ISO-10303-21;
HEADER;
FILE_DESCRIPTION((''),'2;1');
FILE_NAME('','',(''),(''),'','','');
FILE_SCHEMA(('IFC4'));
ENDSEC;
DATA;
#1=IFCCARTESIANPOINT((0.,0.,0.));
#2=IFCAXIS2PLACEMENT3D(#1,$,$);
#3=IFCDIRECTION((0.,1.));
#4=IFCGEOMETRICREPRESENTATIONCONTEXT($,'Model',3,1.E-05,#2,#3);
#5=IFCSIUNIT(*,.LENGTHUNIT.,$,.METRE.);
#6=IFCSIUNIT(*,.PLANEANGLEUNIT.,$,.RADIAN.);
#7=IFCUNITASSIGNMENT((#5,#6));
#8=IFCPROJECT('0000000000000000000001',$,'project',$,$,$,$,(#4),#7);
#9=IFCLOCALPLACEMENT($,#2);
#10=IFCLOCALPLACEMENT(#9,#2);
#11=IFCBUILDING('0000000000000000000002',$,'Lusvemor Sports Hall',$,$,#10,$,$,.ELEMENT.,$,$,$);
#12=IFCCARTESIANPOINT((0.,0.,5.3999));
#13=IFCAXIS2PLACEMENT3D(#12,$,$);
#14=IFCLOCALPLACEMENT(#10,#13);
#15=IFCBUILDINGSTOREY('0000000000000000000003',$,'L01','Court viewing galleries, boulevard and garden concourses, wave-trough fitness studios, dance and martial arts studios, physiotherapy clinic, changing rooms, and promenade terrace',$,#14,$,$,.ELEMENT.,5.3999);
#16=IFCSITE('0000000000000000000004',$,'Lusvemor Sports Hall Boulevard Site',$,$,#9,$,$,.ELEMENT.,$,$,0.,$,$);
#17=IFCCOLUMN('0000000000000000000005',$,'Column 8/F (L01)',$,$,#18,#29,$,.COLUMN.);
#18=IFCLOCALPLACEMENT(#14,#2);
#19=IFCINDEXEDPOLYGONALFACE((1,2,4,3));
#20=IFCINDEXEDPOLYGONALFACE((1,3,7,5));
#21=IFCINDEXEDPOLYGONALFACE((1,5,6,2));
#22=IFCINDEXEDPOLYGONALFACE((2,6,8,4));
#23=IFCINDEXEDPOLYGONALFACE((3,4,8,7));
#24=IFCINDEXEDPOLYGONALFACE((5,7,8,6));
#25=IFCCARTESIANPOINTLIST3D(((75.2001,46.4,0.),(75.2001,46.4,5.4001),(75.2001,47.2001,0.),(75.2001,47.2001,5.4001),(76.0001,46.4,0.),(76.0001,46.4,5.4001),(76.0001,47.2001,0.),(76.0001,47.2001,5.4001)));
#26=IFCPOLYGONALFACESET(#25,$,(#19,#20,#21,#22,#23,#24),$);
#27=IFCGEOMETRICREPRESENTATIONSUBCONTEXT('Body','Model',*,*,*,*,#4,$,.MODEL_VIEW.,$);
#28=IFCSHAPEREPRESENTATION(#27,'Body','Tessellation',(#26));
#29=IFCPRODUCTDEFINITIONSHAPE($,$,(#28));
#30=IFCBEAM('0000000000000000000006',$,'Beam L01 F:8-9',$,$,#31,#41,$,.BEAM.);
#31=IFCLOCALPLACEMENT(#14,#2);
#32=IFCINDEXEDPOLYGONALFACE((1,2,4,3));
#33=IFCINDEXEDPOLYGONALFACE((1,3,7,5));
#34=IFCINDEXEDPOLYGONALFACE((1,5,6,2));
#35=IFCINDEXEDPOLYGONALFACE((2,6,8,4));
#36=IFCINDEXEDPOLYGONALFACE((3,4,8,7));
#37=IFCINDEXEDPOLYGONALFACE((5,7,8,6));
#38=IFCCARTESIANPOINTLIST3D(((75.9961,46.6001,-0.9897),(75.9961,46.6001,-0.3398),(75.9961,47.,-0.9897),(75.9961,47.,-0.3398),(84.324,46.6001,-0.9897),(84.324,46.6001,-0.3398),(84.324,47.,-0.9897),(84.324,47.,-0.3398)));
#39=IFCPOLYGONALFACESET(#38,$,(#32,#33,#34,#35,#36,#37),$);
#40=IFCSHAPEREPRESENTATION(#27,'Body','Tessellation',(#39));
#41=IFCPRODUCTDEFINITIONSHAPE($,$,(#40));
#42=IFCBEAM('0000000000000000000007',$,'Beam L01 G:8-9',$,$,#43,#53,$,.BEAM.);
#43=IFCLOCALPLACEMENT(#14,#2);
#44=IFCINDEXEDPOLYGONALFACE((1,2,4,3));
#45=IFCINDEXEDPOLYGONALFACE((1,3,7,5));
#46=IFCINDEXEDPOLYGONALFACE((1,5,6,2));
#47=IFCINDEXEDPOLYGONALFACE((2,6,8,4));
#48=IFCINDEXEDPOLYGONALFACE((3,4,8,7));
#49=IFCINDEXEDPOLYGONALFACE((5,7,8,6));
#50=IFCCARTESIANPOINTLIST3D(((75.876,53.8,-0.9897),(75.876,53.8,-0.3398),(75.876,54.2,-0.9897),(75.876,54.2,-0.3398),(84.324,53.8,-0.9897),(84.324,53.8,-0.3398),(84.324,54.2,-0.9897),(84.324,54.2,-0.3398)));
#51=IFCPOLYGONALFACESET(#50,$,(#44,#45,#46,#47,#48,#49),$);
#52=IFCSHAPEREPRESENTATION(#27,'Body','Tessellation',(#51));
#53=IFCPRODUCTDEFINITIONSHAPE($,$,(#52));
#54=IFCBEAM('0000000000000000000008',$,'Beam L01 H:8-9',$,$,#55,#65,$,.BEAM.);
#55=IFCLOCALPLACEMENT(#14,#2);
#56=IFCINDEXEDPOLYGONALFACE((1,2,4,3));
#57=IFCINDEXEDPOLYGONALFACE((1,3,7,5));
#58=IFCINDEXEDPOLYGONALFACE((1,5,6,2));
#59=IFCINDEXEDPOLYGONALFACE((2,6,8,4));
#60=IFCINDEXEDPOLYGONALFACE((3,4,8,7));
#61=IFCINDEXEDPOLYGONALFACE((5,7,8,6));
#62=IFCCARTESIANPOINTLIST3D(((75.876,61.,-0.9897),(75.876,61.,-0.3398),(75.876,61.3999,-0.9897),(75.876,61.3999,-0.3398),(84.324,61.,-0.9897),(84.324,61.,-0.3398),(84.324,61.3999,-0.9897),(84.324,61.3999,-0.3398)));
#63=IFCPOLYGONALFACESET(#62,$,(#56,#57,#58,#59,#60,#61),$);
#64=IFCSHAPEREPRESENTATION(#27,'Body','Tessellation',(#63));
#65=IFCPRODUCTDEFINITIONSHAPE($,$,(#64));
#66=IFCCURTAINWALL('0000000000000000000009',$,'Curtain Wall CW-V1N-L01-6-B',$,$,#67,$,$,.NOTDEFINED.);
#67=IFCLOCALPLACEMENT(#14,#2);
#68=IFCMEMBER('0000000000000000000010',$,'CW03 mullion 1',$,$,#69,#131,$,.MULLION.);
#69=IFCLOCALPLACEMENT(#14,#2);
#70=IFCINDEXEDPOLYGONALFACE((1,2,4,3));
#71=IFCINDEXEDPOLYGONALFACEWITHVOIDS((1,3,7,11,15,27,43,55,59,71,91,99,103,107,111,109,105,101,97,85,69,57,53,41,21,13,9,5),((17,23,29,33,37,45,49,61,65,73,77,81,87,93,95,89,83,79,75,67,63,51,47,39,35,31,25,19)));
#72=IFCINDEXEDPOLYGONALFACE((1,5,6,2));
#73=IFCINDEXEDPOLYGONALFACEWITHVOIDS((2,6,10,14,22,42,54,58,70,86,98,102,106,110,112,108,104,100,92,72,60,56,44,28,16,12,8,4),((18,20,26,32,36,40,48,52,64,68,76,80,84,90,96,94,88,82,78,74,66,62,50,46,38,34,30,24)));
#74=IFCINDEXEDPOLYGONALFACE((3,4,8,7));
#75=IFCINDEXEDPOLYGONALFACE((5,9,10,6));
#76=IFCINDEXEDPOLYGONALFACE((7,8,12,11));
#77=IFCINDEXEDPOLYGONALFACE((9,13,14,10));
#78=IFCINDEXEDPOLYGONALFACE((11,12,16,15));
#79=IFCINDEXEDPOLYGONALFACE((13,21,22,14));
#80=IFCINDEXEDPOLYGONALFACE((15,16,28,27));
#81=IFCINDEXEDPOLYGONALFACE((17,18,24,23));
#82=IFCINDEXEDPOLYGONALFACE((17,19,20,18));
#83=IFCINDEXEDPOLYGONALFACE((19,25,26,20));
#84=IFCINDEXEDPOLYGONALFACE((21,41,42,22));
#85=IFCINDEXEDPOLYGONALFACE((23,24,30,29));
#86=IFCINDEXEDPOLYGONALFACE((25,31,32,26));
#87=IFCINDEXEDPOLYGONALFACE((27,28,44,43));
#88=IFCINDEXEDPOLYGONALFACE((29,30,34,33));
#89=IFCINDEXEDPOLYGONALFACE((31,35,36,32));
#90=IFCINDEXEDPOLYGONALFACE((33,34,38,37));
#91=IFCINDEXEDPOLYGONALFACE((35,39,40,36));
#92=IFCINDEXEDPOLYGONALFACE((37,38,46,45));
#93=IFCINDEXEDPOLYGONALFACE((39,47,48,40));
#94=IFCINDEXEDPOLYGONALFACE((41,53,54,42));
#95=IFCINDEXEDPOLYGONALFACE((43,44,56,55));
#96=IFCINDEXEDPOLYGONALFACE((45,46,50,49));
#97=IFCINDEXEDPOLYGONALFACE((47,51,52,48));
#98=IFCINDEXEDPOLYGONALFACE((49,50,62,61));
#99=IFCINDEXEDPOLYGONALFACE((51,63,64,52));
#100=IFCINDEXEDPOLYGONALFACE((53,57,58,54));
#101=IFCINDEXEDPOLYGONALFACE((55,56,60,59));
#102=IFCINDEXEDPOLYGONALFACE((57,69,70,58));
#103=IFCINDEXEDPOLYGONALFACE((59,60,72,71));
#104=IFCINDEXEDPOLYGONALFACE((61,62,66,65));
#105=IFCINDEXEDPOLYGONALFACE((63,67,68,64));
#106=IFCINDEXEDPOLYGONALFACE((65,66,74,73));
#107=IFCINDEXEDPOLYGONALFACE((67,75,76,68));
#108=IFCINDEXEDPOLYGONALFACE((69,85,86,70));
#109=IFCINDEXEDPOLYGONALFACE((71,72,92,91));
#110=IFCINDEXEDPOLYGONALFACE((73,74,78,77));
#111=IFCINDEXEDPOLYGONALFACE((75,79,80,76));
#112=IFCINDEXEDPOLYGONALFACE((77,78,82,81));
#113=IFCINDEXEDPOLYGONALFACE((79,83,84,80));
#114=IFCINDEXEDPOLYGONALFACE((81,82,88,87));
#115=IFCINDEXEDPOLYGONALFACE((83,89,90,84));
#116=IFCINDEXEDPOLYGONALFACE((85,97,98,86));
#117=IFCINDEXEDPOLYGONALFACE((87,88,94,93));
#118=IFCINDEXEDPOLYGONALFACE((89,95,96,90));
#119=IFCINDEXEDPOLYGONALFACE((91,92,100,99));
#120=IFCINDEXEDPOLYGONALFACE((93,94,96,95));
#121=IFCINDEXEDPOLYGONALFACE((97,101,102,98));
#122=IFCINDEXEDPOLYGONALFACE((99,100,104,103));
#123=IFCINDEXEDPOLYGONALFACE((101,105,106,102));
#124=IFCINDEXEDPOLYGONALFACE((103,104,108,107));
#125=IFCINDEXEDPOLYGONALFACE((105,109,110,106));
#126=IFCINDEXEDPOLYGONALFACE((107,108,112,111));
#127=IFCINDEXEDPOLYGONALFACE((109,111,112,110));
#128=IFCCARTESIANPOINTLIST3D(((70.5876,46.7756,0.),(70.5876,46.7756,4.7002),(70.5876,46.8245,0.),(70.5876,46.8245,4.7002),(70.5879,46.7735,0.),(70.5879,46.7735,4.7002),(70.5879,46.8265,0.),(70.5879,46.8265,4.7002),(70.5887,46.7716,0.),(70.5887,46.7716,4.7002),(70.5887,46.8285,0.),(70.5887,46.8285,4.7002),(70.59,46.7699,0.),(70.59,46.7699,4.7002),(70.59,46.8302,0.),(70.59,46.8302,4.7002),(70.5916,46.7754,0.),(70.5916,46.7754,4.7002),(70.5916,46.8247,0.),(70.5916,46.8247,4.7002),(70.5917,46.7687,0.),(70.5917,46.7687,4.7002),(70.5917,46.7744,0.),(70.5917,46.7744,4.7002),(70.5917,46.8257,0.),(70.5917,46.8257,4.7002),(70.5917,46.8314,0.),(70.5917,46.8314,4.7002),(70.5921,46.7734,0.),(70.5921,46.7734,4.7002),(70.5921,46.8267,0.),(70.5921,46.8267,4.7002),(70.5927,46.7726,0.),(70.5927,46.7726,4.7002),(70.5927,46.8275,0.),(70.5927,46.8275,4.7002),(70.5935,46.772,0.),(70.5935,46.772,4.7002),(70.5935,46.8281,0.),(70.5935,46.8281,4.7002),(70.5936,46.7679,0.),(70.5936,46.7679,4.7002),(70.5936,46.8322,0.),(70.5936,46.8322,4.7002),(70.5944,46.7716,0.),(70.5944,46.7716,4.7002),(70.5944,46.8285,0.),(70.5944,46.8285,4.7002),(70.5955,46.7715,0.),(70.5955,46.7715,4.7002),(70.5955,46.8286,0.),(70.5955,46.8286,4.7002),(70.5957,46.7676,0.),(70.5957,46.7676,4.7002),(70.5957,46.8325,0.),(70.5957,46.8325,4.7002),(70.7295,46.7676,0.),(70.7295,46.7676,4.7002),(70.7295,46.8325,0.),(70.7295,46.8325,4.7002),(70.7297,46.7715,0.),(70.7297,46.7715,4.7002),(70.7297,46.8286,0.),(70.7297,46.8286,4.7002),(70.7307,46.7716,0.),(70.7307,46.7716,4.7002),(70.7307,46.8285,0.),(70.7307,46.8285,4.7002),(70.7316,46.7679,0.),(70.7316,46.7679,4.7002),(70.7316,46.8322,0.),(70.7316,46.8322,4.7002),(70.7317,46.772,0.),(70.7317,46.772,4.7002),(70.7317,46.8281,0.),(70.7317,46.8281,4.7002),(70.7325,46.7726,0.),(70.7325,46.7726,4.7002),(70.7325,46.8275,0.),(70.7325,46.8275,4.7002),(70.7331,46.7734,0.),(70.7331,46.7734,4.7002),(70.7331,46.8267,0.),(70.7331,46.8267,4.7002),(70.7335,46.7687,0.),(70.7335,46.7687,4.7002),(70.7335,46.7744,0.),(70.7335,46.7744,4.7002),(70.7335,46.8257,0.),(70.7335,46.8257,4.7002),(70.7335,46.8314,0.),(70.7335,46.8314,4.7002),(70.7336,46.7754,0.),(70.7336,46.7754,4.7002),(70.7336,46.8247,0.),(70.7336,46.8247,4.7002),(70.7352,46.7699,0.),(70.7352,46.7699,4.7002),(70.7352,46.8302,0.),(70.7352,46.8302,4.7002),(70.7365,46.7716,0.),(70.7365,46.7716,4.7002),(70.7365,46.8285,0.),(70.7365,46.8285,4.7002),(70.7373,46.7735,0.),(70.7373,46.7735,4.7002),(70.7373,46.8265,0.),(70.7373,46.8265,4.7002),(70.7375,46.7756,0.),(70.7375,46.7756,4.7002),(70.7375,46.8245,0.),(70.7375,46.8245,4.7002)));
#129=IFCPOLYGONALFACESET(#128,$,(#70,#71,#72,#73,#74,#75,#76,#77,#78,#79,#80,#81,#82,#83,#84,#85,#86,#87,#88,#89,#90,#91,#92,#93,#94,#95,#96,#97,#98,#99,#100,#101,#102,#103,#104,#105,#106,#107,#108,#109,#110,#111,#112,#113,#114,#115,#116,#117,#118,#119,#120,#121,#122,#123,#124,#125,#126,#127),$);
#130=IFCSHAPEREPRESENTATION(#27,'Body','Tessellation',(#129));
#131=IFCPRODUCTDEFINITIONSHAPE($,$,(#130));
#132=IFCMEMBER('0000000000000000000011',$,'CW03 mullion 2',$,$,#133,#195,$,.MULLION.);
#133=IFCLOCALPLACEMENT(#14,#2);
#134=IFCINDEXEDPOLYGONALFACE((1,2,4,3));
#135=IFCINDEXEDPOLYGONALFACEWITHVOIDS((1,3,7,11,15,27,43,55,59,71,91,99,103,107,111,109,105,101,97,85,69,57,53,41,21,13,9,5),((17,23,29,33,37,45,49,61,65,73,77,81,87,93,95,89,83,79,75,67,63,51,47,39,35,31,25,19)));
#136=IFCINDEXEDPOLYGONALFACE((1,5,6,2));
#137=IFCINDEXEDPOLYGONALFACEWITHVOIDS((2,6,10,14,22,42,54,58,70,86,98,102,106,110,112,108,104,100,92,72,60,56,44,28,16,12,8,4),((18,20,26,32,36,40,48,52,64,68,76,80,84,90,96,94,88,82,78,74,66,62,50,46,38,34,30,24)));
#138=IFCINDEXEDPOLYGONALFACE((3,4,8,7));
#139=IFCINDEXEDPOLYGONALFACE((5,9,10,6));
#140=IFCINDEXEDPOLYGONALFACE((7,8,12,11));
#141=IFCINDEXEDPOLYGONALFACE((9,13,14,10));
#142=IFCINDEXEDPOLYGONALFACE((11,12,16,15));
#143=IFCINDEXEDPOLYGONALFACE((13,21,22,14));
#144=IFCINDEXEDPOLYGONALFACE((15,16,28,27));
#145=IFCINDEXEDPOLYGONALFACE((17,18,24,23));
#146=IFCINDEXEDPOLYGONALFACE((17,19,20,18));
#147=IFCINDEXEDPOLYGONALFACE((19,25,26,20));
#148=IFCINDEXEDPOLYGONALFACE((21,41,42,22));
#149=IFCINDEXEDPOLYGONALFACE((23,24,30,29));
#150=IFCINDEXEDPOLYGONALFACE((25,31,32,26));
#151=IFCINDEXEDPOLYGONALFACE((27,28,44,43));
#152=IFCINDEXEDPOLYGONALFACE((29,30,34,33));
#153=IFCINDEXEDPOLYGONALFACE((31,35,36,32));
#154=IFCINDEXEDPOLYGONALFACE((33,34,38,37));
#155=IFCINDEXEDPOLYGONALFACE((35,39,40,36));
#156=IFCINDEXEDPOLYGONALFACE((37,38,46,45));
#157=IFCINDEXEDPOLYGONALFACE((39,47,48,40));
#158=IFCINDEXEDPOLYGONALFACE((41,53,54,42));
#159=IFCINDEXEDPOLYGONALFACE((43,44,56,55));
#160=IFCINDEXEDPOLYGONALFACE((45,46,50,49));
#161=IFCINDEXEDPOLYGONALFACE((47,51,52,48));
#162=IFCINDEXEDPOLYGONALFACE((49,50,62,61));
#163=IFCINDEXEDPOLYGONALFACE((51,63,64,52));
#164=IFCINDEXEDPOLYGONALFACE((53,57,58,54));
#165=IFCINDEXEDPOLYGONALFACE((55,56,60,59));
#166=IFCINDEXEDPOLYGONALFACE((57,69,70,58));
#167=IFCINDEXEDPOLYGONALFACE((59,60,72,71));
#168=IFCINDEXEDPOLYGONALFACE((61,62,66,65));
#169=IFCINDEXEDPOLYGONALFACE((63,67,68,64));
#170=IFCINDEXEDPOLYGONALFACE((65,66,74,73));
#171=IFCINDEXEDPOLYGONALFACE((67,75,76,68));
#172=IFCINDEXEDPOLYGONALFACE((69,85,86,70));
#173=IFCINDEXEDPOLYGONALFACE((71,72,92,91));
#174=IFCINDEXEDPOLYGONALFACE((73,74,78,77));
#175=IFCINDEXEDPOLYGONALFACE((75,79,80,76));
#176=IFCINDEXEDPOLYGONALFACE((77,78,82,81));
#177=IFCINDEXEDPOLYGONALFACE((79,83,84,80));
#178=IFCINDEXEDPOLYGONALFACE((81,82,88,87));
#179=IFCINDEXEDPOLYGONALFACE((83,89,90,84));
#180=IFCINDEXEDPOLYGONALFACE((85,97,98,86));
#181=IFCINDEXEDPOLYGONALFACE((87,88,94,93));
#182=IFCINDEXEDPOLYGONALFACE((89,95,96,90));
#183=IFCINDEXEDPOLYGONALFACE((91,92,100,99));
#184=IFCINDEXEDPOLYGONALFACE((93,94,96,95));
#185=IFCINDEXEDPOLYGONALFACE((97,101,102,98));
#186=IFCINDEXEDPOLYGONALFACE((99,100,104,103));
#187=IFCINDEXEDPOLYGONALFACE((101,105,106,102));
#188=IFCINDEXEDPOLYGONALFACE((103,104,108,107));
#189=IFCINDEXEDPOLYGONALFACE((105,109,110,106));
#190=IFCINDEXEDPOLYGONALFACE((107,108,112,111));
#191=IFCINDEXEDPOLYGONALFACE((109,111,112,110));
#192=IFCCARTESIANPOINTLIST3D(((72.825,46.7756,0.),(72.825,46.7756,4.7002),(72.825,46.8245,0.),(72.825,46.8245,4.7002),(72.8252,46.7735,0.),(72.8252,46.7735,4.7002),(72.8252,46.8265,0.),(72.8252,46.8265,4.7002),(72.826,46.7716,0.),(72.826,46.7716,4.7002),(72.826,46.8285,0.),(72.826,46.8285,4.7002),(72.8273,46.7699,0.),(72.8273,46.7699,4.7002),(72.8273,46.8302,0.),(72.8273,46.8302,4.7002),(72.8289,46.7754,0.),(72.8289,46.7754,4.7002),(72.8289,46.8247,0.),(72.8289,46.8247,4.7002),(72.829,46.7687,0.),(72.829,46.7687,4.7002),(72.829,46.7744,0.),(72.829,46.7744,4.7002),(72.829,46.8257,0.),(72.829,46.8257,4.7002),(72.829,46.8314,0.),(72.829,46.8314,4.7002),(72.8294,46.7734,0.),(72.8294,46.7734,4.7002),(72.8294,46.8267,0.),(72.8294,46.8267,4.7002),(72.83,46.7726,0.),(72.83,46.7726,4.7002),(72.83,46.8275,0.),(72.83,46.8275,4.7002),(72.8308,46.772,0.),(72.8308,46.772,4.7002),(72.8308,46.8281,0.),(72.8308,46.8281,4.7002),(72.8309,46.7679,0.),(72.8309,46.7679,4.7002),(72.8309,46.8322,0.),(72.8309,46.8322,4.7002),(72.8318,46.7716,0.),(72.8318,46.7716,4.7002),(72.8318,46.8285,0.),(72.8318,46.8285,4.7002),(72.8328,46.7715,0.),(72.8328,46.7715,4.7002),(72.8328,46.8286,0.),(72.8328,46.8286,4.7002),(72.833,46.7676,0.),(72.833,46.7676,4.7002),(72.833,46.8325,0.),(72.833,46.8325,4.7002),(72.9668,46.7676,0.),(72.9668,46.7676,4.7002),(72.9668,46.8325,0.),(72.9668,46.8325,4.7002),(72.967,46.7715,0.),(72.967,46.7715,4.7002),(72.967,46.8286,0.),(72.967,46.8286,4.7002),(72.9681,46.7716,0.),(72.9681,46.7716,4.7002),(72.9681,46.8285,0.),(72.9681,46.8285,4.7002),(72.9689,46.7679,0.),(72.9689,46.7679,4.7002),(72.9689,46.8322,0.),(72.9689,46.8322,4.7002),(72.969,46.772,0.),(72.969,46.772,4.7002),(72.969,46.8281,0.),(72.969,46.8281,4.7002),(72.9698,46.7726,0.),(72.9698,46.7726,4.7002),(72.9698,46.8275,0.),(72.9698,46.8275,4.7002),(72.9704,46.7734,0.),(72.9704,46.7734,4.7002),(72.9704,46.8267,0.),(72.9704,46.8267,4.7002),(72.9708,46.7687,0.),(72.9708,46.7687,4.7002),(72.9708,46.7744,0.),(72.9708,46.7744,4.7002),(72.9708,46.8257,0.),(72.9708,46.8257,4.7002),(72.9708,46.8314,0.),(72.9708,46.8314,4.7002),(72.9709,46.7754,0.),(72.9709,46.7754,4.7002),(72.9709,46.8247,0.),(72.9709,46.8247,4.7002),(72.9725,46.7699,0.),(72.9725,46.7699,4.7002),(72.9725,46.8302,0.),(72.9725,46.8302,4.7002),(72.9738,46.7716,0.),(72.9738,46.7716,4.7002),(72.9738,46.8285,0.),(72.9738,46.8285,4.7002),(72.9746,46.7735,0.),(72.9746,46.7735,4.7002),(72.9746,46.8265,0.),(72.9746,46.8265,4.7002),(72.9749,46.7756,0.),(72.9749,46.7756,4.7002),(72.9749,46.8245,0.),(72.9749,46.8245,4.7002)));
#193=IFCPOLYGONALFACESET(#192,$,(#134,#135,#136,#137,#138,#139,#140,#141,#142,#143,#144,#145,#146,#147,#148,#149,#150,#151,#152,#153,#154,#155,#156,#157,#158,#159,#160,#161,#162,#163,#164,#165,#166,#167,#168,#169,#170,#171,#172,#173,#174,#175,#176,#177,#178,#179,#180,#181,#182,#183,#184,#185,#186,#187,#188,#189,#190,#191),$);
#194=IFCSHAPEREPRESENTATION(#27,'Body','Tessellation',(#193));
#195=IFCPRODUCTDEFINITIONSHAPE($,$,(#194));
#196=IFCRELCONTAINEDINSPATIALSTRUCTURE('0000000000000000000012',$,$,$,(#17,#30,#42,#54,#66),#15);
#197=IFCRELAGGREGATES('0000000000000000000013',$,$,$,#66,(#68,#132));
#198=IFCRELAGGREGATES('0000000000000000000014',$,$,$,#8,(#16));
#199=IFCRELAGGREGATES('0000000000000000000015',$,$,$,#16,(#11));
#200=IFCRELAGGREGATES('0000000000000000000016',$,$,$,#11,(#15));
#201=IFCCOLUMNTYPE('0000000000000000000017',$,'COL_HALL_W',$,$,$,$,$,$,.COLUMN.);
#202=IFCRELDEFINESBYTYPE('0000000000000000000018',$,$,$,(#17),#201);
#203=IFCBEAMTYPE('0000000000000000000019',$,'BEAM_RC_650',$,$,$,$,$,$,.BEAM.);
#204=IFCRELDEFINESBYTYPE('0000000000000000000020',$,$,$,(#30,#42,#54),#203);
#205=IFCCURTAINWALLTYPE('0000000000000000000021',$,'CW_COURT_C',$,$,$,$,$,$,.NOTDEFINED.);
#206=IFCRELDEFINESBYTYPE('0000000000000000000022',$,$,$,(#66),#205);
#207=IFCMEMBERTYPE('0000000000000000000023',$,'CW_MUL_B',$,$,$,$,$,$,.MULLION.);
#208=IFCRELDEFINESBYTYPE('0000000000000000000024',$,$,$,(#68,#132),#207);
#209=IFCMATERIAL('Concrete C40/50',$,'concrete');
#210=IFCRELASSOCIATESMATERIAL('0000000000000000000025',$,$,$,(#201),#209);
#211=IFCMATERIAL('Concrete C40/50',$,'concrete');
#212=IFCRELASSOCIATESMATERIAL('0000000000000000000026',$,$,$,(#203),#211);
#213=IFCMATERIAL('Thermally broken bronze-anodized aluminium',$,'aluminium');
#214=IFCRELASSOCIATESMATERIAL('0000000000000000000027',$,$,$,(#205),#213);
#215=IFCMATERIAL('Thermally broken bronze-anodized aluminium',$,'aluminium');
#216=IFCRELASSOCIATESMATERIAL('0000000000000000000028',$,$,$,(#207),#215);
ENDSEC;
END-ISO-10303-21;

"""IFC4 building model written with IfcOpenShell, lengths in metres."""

from ifc_helpers import new_model, si_unit, direction, frame, origin, origin_2d, place, context, subcontext, project, spatial, rectangle, hollow_rectangle, extrude, material, material_profile, profile_set, type_object, element, aggregate, save


model = new_model("IFC4")

# Units and contexts
model_context = context("Model", 3, precision=1e-05, world=origin(), true_north=direction((0.0, 1.0)))
body_context = subcontext(model_context, "Body", "Model", "MODEL_VIEW")
ifc_project = project(units=[si_unit("LENGTHUNIT", "METRE"), si_unit("PLANEANGLEUNIT", "RADIAN")], contexts=[model_context])

# Site, building, storey
site_placement = place(None, origin())
site = spatial("IfcSite", under=ifc_project, at=site_placement, Name="Lusvemor Sports Hall Boulevard Site", CompositionType="ELEMENT", RefElevation=0.0)
building_placement = place(site_placement, origin())
building = spatial("IfcBuilding", under=site, at=building_placement, Name="Lusvemor Sports Hall", CompositionType="ELEMENT")
storey_placement = place(building_placement, frame((0.0, 0.0, 5.3999)))
storey = spatial("IfcBuildingStorey", under=building, at=storey_placement, Name="L01", Description="Court viewing galleries, boulevard and garden concourses, wave-trough fitness studios, dance and martial arts studios, physiotherapy clinic, changing rooms, and promenade terrace", CompositionType="ELEMENT", Elevation=5.3999)

# Column
ifc_material_1 = material(Name="Concrete C40/50", Category="concrete")
ifc_material_profile_1 = material_profile(ifc_material_1, rectangle(XDim=0.8, YDim=0.8, at=origin_2d()), Name="RC800x800")
ifc_profile_set_1 = profile_set([ifc_material_profile_1], Name="Concrete C40/50")
column_type = type_object("IfcColumnType", Name="COL_HALL_W", PredefinedType="COLUMN", material=ifc_profile_set_1)
column_placement = place(storey_placement, frame((75.6001, 46.8, 0.0), z_axis=(0.0, 0.0, 1.0), x_axis=(1.0, 0.0, 0.0)))
element("IfcColumn", 1, at=column_placement, inside=storey, type_object=column_type, Name="Column 8/F (L01)", PredefinedType="COLUMN", context=body_context, shape_type="SweptSolid", body=[
    extrude(rectangle(XDim=0.8, YDim=0.8, at=origin_2d()), origin(), (0.0, 0.0, 1.0), 5.4001),
])

# Beams
ifc_material_2 = material(Name="Concrete C40/50", Category="concrete")
ifc_material_profile_2 = material_profile(ifc_material_2, rectangle(XDim=0.3999, YDim=0.6499, at=origin_2d()), Name="RC400x650")
ifc_profile_set_2 = profile_set([ifc_material_profile_2], Name="Concrete C40/50")
beam_type_1 = type_object("IfcBeamType", Name="BEAM_RC_650", PredefinedType="BEAM", material=ifc_profile_set_2)
beam_1_placement = place(storey_placement, frame((75.9961, 46.8, -0.6648), z_axis=(1.0, 0.0, 0.0), x_axis=(0.0, 1.0, 0.0)))
element("IfcBeam", 2, at=beam_1_placement, inside=storey, type_object=beam_type_1, Name="Beam L01 F:8-9", PredefinedType="BEAM", context=body_context, shape_type="SweptSolid", body=[
    extrude(rectangle(XDim=0.3999, YDim=0.6499, at=origin_2d()), origin(), (0.0, 0.0, 1.0), 8.3279),
])
for number, where, z_axis, x_axis, name in (
    (3, (75.876, 54.0, -0.6648), (1.0, 0.0, 0.0), (0.0, 1.0, 0.0), "Beam L01 G:8-9"),
    (4, (75.876, 61.2, -0.6648), (1.0, 0.0, 0.0), (0.0, 1.0, 0.0), "Beam L01 H:8-9"),
):
    element("IfcBeam", number, at=place(storey_placement, frame(where, z_axis=z_axis, x_axis=x_axis)), inside=storey, type_object=beam_type_1, Name=name, PredefinedType="BEAM", context=body_context, shape_type="SweptSolid", body=[
        extrude(rectangle(XDim=0.3999, YDim=0.6499, at=origin_2d()), origin(), (0.0, 0.0, 1.0), 8.448),
    ])

# Curtain wall, members
ifc_material_3 = material(Name="Thermally broken bronze-anodized aluminium", Category="aluminium")
curtain_wall_type = type_object("IfcCurtainWallType", Name="CW_COURT_C", PredefinedType="NOTDEFINED", material=ifc_material_3)
curtain_wall_placement = place(storey_placement, origin())
curtain_wall = element("IfcCurtainWall", 5, at=curtain_wall_placement, inside=storey, type_object=curtain_wall_type, Name="Curtain Wall CW-V1N-L01-6-B", PredefinedType="NOTDEFINED")
ifc_material_4 = material(Name="Thermally broken bronze-anodized aluminium", Category="aluminium")
ifc_material_profile_3 = material_profile(ifc_material_4, hollow_rectangle(XDim=0.0649, YDim=0.1499, WallThickness=0.0039, InnerFilletRadius=0.0039, OuterFilletRadius=0.0081, at=origin_2d()), Name="CWMUL150x65x4")
ifc_profile_set_3 = profile_set([ifc_material_profile_3], Name="Thermally broken bronze-anodized aluminium")
member_type_1 = type_object("IfcMemberType", Name="CW_MUL_B", PredefinedType="MULLION", material=ifc_profile_set_3)
member_1_placement = place(storey_placement, frame((70.6626, 46.8, 0.0), z_axis=(0.0, 0.0, 1.0), x_axis=(0.0, 1.0, 0.0)))
member_1 = element("IfcMember", 6, at=member_1_placement, type_object=member_type_1, Name="CW03 mullion 1", PredefinedType="MULLION", context=body_context, shape_type="SweptSolid", body=[
    extrude(hollow_rectangle(XDim=0.0649, YDim=0.1499, WallThickness=0.0039, InnerFilletRadius=0.0039, OuterFilletRadius=0.0081, at=origin_2d()), origin(), (0.0, 0.0, 1.0), 4.7002),
])
member_2_placement = place(storey_placement, frame((72.8999, 46.8, 0.0), z_axis=(0.0, 0.0, 1.0), x_axis=(0.0, 1.0, 0.0)))
member_2 = element("IfcMember", 7, at=member_2_placement, type_object=member_type_1, Name="CW03 mullion 2", PredefinedType="MULLION", context=body_context, shape_type="SweptSolid", body=[
    extrude(hollow_rectangle(XDim=0.0649, YDim=0.1499, WallThickness=0.0039, InnerFilletRadius=0.0039, OuterFilletRadius=0.0081, at=origin_2d()), origin(), (0.0, 0.0, 1.0), 4.7002),
])

aggregate(curtain_wall, [member_1, member_2])

save(model, "model.ifc")
